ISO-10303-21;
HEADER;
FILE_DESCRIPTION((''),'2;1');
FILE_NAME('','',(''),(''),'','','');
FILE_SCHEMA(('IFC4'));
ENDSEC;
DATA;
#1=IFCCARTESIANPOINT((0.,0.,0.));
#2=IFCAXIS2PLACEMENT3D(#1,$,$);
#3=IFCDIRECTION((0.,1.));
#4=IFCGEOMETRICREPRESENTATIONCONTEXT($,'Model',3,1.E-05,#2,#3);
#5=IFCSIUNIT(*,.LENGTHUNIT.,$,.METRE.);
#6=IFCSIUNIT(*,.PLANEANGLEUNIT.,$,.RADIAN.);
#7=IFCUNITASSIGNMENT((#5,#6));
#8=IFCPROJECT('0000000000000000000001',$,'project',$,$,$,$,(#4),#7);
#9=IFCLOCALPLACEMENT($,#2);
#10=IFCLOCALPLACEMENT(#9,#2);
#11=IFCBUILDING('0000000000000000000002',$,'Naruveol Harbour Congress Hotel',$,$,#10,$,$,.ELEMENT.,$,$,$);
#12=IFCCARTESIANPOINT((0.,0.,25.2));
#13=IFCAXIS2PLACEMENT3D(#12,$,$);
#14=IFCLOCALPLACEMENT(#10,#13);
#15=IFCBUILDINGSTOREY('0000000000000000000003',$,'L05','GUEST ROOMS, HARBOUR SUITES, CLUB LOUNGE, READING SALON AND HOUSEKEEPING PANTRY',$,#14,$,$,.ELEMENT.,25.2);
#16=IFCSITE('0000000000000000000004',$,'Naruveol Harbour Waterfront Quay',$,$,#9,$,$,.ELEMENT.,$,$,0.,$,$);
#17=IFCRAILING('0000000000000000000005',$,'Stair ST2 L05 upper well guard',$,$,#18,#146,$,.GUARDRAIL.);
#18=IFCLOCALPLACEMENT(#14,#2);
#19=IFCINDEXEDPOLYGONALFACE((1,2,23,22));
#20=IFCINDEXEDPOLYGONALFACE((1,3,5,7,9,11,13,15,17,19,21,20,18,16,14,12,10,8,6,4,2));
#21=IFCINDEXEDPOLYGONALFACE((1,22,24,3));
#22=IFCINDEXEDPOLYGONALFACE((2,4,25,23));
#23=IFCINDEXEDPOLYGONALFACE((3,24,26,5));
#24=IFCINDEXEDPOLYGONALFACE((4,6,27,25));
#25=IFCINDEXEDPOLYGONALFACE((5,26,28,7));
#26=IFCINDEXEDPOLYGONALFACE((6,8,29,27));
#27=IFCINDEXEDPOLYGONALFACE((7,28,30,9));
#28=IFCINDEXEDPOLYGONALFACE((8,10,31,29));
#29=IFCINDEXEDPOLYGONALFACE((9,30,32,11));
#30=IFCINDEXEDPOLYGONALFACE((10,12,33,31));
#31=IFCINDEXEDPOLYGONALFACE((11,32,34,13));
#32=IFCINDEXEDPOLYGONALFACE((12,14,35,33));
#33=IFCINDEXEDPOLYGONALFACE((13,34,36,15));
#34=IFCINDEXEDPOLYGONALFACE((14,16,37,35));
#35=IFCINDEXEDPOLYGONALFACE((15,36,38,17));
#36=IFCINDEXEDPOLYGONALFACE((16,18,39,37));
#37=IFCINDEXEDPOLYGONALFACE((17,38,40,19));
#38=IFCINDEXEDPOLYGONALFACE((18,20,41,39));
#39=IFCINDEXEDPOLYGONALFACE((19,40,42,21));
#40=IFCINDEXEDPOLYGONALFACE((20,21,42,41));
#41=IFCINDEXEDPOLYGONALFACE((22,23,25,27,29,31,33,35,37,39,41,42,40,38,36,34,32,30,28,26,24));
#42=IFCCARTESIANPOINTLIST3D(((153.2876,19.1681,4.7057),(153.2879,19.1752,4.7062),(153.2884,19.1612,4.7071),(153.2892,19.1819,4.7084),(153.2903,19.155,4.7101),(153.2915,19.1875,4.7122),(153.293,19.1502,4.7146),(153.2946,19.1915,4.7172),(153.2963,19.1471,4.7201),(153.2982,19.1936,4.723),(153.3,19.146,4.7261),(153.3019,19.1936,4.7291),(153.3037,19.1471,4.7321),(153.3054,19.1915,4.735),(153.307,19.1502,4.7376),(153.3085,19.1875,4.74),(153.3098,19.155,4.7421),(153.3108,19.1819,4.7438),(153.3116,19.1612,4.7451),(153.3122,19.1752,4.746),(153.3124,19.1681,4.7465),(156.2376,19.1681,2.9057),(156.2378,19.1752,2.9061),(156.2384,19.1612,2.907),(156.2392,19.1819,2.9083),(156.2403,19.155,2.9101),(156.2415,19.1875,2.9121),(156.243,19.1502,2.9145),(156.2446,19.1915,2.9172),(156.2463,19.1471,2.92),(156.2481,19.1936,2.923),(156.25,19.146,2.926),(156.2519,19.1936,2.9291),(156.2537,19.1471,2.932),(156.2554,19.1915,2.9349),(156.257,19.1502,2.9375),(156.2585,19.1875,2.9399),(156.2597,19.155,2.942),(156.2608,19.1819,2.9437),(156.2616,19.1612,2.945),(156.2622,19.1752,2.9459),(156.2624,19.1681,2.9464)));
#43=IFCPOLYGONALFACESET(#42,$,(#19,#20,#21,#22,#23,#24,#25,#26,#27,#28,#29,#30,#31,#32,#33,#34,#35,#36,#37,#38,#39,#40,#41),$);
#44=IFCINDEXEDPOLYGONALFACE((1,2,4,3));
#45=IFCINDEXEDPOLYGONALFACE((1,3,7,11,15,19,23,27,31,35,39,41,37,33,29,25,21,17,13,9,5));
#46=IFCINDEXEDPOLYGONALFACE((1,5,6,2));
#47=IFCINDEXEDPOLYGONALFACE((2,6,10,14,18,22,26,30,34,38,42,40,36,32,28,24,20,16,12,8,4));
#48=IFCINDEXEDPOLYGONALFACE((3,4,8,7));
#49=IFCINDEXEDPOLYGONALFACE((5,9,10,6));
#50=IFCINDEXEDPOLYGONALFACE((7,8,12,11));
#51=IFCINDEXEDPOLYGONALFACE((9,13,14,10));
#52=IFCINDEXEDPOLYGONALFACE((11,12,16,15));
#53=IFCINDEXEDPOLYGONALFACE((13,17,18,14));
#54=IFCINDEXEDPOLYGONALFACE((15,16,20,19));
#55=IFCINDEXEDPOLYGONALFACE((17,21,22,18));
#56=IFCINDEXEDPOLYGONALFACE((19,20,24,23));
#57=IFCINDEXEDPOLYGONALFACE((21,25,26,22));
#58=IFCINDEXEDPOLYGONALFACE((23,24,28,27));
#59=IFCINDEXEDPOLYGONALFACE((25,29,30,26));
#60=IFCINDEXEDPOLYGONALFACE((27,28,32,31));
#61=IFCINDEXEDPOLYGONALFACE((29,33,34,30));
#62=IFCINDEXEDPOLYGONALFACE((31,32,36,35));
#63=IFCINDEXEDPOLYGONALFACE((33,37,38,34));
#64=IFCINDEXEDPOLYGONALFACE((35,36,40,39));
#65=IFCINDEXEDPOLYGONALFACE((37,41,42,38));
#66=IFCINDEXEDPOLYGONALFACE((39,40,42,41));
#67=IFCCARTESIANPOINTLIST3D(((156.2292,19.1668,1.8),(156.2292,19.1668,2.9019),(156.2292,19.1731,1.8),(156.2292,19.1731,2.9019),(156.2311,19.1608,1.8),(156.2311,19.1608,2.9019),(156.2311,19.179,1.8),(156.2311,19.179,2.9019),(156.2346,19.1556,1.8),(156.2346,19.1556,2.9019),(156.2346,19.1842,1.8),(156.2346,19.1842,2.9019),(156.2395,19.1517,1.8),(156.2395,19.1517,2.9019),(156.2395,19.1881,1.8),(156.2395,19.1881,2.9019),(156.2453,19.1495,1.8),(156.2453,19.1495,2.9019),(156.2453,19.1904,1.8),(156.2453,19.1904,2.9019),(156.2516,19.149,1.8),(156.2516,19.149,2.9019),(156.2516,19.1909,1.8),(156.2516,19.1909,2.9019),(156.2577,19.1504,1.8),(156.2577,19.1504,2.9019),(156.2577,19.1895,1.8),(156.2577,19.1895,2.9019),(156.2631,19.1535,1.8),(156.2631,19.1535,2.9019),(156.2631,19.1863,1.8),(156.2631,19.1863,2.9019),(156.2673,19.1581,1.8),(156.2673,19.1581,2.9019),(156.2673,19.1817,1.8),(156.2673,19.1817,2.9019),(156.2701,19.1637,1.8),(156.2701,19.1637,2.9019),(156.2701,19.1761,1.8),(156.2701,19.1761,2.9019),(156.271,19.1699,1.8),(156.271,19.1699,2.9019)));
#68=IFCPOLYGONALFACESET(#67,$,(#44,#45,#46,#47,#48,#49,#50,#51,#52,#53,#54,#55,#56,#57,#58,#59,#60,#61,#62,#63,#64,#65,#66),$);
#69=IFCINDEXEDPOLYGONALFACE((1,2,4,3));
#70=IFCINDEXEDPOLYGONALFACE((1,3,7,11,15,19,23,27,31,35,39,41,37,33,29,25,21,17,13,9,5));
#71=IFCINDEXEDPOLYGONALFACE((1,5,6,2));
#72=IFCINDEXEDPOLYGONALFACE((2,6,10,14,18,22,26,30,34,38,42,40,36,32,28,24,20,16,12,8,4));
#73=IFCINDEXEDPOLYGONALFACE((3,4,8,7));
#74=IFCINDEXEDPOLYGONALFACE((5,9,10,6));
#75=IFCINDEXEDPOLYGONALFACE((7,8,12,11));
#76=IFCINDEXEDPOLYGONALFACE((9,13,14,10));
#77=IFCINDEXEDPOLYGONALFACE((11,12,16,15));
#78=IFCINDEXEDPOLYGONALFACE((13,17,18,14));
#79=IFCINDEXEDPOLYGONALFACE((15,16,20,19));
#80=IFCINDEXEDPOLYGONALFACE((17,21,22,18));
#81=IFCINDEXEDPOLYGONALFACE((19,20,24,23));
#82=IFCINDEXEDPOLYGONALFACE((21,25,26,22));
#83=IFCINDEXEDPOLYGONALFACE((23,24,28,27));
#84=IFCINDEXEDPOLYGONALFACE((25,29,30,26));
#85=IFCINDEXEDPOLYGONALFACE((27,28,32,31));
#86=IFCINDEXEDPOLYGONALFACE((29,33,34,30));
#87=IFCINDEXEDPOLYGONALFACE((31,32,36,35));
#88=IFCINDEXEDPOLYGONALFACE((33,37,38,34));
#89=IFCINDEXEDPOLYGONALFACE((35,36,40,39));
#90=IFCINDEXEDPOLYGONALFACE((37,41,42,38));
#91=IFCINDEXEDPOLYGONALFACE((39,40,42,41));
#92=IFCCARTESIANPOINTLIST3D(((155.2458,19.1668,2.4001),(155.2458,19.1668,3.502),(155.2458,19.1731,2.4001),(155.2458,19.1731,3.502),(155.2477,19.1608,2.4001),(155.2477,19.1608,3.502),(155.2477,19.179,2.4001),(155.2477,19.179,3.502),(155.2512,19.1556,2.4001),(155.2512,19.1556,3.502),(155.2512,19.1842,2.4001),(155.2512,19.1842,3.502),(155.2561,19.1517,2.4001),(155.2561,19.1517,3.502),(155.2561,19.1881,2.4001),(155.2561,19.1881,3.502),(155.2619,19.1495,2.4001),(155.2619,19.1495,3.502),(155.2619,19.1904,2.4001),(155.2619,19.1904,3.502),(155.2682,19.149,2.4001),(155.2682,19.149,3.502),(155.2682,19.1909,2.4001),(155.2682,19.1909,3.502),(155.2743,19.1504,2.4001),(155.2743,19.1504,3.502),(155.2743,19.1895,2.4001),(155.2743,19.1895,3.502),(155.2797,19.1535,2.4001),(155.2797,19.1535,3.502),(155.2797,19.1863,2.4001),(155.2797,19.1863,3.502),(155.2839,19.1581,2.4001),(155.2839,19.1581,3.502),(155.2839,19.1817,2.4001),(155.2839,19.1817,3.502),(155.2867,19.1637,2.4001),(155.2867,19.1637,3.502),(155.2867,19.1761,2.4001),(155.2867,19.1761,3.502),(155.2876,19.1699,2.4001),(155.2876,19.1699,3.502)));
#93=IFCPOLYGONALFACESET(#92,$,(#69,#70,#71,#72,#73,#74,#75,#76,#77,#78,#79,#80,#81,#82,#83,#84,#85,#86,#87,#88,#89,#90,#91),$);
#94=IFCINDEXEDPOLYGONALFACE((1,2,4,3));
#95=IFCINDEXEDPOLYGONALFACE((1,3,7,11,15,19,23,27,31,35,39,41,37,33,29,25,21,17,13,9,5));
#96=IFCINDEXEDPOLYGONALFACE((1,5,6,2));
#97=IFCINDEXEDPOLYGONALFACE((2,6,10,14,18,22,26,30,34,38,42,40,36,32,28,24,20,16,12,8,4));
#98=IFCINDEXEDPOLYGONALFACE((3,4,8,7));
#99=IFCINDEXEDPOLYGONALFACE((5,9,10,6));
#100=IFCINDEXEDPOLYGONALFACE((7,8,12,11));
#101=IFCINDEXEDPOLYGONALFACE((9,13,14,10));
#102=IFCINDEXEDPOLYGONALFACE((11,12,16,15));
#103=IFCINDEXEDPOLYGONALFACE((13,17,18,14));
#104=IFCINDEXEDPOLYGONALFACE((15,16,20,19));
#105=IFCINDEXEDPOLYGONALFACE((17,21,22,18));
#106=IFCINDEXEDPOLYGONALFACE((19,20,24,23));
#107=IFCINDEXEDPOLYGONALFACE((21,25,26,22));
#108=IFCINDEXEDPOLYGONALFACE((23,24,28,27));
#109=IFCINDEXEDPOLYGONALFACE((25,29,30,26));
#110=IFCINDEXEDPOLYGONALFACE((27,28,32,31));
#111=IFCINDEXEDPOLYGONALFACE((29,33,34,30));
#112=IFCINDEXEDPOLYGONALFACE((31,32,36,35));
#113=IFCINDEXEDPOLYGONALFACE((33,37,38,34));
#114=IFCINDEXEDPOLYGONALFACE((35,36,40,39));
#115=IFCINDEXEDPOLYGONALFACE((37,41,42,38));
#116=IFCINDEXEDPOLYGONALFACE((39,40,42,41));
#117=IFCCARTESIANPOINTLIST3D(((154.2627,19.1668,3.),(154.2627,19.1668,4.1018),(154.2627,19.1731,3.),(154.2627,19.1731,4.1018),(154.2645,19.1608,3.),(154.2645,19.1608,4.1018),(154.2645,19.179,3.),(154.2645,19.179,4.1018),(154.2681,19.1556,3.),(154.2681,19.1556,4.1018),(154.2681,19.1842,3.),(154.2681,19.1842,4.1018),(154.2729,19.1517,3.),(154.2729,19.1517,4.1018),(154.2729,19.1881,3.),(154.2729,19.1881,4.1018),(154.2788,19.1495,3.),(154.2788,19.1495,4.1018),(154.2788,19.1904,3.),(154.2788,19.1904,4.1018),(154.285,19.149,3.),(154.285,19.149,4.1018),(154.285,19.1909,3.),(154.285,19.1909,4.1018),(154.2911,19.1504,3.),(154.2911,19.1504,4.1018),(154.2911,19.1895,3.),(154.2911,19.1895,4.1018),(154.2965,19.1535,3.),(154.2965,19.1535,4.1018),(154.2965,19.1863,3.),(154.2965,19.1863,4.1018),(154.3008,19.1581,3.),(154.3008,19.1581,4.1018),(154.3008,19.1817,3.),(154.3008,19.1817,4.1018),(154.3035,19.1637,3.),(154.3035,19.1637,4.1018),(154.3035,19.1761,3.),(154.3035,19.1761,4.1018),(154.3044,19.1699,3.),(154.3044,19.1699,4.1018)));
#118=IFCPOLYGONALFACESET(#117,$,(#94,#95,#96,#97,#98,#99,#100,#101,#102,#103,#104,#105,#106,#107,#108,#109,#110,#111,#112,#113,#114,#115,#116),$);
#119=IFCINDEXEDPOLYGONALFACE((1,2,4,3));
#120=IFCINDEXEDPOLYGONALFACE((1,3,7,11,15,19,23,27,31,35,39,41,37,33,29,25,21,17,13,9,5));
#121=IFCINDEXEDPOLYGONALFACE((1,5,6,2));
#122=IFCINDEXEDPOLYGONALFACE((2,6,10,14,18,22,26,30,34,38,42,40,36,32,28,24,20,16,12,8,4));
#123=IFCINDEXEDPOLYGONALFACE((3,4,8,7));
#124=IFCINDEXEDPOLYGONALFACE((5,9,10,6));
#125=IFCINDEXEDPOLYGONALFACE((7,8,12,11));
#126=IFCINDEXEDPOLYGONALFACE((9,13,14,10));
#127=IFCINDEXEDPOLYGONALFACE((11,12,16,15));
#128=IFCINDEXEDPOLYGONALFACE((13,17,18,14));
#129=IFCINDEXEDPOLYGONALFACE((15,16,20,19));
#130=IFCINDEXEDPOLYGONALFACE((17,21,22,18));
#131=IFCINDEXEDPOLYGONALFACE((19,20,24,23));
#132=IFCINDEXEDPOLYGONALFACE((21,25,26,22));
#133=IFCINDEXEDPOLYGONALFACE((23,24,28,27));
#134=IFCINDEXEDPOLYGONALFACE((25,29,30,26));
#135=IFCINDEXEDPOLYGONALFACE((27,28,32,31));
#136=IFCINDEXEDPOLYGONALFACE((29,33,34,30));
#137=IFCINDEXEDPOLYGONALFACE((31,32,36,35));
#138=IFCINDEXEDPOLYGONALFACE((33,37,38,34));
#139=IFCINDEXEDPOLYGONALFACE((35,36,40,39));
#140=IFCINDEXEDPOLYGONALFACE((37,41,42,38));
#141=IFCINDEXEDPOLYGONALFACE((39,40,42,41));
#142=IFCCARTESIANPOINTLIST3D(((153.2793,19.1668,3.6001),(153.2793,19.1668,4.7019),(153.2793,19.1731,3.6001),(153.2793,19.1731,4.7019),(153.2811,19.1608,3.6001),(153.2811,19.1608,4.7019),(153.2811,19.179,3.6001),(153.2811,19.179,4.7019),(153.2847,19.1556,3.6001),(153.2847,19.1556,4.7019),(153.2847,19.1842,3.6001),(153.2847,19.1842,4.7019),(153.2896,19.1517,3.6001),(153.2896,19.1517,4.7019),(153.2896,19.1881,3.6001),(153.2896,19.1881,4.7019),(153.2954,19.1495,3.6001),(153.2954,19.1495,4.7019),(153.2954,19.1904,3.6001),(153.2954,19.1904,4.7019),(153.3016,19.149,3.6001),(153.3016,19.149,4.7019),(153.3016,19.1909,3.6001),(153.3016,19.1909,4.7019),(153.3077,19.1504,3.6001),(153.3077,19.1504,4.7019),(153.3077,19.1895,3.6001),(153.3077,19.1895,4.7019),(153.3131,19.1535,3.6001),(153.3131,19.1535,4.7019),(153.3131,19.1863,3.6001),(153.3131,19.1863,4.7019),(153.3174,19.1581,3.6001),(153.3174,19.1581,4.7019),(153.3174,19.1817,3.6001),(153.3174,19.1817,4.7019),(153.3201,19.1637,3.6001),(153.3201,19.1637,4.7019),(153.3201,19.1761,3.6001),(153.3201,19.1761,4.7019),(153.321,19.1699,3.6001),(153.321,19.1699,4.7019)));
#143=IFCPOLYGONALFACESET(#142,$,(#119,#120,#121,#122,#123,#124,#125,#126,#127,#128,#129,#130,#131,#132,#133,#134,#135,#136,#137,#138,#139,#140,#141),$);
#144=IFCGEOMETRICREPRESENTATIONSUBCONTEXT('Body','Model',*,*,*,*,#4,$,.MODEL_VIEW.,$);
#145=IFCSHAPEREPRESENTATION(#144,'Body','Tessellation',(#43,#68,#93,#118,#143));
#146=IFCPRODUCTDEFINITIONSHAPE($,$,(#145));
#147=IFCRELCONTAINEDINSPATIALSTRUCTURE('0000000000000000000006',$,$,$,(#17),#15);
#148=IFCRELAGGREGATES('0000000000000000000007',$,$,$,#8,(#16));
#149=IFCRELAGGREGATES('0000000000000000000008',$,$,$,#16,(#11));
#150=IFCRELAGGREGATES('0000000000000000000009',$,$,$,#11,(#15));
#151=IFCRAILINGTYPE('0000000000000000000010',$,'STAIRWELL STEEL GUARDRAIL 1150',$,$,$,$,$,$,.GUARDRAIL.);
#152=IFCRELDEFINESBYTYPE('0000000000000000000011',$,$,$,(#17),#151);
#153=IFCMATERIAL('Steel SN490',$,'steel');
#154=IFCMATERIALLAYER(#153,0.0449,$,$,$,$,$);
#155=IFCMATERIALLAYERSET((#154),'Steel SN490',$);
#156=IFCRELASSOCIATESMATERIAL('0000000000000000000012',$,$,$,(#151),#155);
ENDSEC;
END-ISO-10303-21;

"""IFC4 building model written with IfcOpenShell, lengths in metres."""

from ifc_helpers import new_model, si_unit, direction, frame, origin, origin_2d, place, context, subcontext, project, spatial, circle, extrude, material, layer, layer_set, type_object, element, save


model = new_model("IFC4")

# Units and contexts
model_context = context("Model", 3, precision=1e-05, world=origin(), true_north=direction((0.0, 1.0)))
body_context = subcontext(model_context, "Body", "Model", "MODEL_VIEW")
ifc_project = project(units=[si_unit("LENGTHUNIT", "METRE"), si_unit("PLANEANGLEUNIT", "RADIAN")], contexts=[model_context])

# Site, building, storey
site_placement = place(None, origin())
site = spatial("IfcSite", under=ifc_project, at=site_placement, Name="Naruveol Harbour Waterfront Quay", CompositionType="ELEMENT", RefElevation=0.0)
building_placement = place(site_placement, origin())
building = spatial("IfcBuilding", under=site, at=building_placement, Name="Naruveol Harbour Congress Hotel", CompositionType="ELEMENT")
storey_placement = place(building_placement, frame((0.0, 0.0, 25.2)))
storey = spatial("IfcBuildingStorey", under=building, at=storey_placement, Name="L05", Description="GUEST ROOMS, HARBOUR SUITES, CLUB LOUNGE, READING SALON AND HOUSEKEEPING PANTRY", CompositionType="ELEMENT", Elevation=25.2)

# Railing
ifc_material_1 = material(Name="Steel SN490", Category="steel")
ifc_layer_1 = layer(ifc_material_1, 0.0449)
ifc_layer_set_1 = layer_set([ifc_layer_1], Name="Steel SN490")
railing_type_1 = type_object("IfcRailingType", Name="STAIRWELL STEEL GUARDRAIL 1150", PredefinedType="GUARDRAIL", material=ifc_layer_set_1)
railing_1_placement = place(storey_placement, frame((156.25, 19.1699, 1.8)))
element("IfcRailing", 1, at=railing_1_placement, inside=storey, type_object=railing_type_1, Name="Stair ST2 L05 upper well guard", PredefinedType="GUARDRAIL", context=body_context, shape_type="SweptSolid", body=[
    extrude(circle(Radius=0.0239, at=origin_2d()), frame((0.0, 0.0, 1.126), z_axis=(-0.853629, 0.0, 0.520881), x_axis=(0.0, -1.0, 0.0)), (0.0, 0.0, 1.0), 3.4558),
    extrude(circle(Radius=0.021, at=origin_2d()), origin(), (0.0, 0.0, 1.0), 1.1018),
    extrude(circle(Radius=0.021, at=origin_2d()), frame((-0.9834, 0.0, 0.6001)), (0.0, 0.0, 1.0), 1.1018),
    extrude(circle(Radius=0.021, at=origin_2d()), frame((-1.9666, 0.0, 1.2)), (0.0, 0.0, 1.0), 1.1018),
    extrude(circle(Radius=0.021, at=origin_2d()), frame((-2.95, 0.0, 1.8)), (0.0, 0.0, 1.0), 1.1018),
])

save(model, "model.ifc")
